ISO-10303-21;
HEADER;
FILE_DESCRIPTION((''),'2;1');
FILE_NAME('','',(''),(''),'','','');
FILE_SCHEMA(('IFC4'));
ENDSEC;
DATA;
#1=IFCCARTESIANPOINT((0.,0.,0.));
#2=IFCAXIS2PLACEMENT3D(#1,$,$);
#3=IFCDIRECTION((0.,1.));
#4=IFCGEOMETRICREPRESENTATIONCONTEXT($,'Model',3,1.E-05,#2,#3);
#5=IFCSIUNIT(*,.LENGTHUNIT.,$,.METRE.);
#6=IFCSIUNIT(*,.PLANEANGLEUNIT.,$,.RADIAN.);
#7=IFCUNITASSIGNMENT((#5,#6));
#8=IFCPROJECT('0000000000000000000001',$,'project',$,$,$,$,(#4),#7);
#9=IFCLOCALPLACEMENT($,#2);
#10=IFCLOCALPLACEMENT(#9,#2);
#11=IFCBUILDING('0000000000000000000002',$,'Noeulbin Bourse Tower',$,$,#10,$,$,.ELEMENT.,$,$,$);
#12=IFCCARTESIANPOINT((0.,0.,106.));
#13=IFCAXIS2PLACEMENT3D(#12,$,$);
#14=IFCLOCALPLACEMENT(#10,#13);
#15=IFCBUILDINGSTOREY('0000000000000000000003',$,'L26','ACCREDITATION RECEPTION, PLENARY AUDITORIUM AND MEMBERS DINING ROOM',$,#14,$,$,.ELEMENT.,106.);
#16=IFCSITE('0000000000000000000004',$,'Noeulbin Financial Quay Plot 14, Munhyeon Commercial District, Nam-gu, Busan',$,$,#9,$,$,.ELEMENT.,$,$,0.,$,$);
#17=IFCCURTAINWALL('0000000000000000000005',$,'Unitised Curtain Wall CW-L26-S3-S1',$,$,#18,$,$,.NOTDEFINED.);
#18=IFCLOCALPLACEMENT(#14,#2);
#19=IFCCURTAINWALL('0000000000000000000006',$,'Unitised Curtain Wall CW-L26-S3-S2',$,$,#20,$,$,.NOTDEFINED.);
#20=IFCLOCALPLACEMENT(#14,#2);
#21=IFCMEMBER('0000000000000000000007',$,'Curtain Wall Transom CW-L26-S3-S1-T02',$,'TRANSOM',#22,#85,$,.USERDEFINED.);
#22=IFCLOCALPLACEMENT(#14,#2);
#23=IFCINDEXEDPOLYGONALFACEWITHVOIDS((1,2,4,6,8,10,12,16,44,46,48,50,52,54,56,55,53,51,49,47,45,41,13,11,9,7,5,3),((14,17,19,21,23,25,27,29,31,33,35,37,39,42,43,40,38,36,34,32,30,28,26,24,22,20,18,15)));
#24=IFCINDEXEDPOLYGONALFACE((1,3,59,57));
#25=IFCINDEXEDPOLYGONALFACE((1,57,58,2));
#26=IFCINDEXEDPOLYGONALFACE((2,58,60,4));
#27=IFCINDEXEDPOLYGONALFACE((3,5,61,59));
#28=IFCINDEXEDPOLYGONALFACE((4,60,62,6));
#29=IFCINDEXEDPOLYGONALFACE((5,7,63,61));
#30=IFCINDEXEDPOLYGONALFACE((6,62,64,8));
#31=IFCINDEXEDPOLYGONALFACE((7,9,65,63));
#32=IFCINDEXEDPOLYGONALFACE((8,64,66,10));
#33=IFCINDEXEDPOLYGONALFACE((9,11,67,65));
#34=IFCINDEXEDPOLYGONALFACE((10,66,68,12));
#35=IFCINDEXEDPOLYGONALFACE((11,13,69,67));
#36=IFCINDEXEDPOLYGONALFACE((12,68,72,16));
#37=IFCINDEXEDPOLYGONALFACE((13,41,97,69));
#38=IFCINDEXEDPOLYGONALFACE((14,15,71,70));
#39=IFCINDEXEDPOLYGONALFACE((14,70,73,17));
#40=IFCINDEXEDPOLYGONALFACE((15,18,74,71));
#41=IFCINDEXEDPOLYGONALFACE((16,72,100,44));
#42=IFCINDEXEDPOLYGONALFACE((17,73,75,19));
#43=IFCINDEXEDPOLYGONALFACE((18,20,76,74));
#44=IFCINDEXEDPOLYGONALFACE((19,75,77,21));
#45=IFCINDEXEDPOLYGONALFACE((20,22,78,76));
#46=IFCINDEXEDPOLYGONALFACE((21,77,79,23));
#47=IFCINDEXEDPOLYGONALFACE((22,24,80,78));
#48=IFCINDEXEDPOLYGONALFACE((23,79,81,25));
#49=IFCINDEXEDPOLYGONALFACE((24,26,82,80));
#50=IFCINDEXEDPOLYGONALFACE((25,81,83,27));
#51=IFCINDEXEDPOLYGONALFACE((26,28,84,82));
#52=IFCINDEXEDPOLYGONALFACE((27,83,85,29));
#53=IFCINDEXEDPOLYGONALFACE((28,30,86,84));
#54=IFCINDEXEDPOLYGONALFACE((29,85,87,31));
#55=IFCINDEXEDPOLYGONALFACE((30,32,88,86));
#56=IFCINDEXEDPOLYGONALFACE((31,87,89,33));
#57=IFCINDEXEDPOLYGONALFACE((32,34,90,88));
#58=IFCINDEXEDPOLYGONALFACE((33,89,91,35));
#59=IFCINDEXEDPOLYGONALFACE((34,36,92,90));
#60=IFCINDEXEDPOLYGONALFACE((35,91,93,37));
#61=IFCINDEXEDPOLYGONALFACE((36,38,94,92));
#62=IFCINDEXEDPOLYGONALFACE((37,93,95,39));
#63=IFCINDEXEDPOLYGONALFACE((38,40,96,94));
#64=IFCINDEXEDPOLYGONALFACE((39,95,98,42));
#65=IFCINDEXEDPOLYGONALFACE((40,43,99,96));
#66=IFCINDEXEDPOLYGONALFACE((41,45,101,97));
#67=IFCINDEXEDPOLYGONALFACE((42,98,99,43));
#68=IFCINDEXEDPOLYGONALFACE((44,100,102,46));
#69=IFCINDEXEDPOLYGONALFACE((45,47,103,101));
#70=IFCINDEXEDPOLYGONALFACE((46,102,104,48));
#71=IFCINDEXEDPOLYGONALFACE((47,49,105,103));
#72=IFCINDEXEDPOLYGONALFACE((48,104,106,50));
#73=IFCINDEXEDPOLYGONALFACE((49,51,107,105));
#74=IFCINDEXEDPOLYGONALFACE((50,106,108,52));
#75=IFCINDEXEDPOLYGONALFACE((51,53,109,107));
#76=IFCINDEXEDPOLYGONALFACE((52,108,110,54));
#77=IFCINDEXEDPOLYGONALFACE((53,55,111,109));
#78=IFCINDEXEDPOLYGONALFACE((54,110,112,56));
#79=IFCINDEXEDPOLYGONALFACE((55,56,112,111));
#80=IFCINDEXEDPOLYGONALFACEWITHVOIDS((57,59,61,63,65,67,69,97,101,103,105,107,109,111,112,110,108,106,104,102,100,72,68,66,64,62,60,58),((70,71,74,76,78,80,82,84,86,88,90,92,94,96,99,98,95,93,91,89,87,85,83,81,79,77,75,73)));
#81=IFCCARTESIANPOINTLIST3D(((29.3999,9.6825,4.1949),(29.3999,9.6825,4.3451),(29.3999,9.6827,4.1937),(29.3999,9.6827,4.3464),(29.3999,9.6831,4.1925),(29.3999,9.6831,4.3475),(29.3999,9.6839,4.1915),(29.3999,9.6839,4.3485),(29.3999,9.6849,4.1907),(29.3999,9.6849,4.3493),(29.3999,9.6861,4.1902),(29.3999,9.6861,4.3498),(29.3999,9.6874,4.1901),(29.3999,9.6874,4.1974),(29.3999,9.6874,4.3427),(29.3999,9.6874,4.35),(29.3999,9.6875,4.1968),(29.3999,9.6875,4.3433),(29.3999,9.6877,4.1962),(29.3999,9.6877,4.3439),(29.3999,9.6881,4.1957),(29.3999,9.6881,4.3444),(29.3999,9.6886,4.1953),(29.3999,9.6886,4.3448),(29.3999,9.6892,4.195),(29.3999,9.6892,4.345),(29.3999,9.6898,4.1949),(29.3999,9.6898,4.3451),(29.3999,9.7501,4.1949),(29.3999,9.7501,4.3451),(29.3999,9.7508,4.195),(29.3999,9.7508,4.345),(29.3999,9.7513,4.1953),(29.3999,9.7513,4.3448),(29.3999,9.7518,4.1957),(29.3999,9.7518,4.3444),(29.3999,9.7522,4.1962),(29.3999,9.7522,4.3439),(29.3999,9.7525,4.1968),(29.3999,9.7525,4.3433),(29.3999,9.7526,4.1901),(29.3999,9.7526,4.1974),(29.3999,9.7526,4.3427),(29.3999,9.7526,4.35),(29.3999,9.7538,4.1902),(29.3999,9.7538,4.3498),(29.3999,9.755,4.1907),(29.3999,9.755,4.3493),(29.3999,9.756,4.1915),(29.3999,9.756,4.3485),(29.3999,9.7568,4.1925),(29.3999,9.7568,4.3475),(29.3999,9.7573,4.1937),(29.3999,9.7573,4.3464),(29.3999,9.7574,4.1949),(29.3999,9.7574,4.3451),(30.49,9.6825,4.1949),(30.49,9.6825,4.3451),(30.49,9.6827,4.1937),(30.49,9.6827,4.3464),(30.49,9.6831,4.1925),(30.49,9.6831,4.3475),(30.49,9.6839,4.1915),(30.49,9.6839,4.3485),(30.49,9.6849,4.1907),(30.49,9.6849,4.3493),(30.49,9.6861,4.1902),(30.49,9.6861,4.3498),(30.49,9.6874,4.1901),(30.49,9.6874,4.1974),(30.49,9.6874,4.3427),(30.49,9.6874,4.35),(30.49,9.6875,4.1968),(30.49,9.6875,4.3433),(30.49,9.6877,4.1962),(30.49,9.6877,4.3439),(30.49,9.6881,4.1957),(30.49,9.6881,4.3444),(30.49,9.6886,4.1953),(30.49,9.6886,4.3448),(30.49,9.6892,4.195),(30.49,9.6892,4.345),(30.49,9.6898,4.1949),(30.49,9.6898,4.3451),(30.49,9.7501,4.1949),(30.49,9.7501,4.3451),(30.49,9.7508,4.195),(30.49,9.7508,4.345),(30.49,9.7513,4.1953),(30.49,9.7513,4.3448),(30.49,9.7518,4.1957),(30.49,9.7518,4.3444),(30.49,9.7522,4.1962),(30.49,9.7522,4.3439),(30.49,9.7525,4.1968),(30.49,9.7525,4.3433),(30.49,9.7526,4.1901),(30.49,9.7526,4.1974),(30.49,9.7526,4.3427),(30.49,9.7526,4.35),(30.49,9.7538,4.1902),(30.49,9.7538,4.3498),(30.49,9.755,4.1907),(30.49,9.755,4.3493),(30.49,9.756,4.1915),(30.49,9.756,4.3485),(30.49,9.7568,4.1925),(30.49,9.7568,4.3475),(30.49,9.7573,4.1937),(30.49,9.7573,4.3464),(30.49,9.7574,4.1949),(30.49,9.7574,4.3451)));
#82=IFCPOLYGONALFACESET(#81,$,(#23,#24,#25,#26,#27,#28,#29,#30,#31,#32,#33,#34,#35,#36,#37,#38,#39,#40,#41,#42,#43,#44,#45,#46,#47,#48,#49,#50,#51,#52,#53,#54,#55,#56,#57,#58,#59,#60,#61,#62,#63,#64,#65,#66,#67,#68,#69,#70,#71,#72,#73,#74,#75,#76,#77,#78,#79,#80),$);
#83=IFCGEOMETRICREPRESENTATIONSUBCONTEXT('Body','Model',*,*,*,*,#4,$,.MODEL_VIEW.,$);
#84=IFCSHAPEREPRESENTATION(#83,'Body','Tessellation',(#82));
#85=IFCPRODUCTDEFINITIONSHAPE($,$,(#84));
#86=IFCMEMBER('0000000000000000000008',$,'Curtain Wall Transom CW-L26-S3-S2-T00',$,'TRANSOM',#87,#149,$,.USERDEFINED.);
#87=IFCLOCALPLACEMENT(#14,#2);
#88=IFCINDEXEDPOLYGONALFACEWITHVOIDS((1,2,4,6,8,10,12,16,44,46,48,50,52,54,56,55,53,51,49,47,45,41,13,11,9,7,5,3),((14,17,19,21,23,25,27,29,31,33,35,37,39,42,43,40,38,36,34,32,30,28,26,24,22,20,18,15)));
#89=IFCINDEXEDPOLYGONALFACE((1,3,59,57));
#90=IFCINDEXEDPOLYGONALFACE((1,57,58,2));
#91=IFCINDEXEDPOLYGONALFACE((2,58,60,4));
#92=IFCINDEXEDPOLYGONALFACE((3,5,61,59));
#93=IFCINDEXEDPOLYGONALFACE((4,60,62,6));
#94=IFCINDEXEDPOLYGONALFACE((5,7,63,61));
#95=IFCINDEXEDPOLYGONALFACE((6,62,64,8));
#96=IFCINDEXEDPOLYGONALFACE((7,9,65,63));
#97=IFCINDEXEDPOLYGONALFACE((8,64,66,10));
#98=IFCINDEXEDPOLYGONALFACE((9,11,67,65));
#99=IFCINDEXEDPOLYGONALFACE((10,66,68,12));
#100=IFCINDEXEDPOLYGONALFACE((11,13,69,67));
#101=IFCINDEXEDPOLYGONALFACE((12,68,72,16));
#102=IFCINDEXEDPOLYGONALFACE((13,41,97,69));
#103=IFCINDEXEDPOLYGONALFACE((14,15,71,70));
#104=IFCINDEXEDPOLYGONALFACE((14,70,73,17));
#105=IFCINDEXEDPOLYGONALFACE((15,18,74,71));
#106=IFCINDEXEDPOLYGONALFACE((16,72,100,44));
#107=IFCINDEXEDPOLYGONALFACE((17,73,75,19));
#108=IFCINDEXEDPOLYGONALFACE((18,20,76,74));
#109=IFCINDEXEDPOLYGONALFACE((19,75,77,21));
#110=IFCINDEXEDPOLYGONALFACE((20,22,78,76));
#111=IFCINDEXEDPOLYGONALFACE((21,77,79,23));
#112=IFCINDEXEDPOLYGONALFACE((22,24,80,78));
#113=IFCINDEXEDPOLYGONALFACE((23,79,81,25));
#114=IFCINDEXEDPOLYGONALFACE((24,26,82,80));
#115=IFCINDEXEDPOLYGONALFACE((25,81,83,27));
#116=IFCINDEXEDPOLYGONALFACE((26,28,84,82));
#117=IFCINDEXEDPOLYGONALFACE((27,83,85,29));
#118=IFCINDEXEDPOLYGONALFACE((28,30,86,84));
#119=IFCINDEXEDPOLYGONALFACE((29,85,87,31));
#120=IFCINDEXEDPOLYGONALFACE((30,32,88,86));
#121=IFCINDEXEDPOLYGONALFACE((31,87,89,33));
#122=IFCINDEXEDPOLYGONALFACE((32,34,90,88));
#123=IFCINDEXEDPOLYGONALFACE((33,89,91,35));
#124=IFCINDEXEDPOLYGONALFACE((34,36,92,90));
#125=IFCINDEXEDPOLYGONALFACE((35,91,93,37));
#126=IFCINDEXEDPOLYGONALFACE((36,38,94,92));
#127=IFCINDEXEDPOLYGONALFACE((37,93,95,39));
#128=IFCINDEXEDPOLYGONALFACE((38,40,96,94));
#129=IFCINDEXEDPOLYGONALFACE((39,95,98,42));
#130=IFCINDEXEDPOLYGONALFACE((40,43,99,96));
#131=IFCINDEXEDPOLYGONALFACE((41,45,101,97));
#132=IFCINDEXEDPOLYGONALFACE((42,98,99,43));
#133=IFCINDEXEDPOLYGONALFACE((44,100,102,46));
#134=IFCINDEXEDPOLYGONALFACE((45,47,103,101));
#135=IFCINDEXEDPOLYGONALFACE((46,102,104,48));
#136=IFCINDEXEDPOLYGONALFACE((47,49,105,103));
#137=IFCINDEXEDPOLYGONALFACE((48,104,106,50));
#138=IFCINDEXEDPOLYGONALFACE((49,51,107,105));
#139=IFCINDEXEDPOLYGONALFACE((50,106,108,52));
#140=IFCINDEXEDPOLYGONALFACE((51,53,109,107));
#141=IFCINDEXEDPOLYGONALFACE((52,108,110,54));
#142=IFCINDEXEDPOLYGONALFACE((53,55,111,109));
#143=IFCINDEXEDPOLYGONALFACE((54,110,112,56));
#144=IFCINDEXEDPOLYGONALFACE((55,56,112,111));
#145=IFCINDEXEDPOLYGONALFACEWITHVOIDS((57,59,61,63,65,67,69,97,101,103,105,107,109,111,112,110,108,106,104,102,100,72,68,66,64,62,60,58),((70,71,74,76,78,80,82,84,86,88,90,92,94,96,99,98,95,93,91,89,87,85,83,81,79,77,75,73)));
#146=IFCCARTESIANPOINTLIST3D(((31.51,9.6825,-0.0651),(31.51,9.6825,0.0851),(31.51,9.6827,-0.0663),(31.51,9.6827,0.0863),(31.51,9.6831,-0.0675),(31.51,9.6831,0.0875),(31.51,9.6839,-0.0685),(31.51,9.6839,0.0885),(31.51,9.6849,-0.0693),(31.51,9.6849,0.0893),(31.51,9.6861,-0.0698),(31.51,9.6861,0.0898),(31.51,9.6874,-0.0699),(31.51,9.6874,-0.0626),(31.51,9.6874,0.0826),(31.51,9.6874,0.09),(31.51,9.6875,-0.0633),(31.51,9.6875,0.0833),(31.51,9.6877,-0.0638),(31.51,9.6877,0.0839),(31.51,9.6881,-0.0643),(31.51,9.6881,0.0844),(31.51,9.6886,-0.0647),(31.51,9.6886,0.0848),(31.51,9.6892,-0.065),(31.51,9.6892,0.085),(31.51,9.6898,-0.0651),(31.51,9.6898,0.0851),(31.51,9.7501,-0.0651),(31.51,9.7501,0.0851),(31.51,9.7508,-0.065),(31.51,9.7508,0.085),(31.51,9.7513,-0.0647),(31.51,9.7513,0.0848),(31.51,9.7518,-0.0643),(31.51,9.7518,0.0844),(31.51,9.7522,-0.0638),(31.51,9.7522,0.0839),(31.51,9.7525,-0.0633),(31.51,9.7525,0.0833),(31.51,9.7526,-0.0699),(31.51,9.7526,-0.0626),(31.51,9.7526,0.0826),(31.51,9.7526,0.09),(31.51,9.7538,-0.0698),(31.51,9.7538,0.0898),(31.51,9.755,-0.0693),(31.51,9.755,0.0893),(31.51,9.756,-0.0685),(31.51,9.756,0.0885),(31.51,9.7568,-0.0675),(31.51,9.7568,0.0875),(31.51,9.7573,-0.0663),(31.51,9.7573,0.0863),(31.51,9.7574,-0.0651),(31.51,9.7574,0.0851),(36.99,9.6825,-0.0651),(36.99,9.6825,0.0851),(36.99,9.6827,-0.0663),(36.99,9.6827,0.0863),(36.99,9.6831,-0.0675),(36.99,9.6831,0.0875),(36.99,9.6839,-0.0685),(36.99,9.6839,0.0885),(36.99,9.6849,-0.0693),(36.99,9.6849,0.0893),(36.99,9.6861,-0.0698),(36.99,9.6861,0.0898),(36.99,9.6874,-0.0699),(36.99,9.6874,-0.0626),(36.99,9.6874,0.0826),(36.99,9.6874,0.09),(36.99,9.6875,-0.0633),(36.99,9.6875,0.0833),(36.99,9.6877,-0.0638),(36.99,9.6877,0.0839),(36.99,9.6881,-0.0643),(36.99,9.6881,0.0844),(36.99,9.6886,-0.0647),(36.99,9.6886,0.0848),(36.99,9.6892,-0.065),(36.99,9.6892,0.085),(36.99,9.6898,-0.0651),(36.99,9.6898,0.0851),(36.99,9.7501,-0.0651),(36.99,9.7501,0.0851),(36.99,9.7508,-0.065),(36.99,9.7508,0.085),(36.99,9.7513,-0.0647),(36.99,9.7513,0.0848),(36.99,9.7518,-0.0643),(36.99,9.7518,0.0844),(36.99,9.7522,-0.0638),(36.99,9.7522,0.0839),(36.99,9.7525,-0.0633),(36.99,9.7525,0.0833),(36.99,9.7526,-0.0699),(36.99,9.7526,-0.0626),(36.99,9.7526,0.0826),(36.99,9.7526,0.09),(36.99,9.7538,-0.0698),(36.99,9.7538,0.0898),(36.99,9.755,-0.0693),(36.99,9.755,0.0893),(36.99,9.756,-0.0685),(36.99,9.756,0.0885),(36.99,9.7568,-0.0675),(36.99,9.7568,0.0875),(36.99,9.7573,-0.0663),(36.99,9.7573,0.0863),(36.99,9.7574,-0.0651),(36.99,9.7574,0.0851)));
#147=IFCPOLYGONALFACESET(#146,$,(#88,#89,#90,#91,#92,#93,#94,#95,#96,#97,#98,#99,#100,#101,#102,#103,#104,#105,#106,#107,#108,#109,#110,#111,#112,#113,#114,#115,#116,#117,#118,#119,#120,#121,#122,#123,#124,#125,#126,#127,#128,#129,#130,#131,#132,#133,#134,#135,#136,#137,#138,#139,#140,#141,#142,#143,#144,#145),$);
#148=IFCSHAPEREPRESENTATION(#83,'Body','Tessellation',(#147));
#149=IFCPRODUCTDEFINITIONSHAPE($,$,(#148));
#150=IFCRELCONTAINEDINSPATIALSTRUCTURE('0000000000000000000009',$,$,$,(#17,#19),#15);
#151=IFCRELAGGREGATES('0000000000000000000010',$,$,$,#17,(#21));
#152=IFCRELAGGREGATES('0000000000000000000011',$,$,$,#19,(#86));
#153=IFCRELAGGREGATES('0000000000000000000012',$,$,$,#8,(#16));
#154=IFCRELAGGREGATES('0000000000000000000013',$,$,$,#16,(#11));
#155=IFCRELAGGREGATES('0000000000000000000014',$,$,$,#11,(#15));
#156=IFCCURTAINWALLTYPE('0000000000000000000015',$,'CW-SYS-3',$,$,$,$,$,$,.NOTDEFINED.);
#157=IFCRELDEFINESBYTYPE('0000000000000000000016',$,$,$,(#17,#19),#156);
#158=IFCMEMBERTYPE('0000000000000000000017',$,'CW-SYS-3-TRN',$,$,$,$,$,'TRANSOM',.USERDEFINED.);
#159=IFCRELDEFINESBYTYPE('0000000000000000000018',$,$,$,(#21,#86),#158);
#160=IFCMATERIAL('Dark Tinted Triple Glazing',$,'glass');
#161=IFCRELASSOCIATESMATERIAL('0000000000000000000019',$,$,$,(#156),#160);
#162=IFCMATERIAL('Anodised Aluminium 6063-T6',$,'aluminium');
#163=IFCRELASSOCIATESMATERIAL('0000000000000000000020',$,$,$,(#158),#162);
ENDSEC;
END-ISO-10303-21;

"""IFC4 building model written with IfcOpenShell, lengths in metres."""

from ifc_helpers import new_model, si_unit, direction, frame, origin, origin_2d, place, context, subcontext, project, spatial, hollow_rectangle, extrude, material, material_profile, profile_set, type_object, element, aggregate, save


model = new_model("IFC4")

# Units and contexts
model_context = context("Model", 3, precision=1e-05, world=origin(), true_north=direction((0.0, 1.0)))
body_context = subcontext(model_context, "Body", "Model", "MODEL_VIEW")
ifc_project = project(units=[si_unit("LENGTHUNIT", "METRE"), si_unit("PLANEANGLEUNIT", "RADIAN")], contexts=[model_context])

# Site, building, storey
site_placement = place(None, origin())
site = spatial("IfcSite", under=ifc_project, at=site_placement, Name="Noeulbin Financial Quay Plot 14, Munhyeon Commercial District, Nam-gu, Busan", CompositionType="ELEMENT", RefElevation=0.0)
building_placement = place(site_placement, origin())
building = spatial("IfcBuilding", under=site, at=building_placement, Name="Noeulbin Bourse Tower", CompositionType="ELEMENT")
storey_placement = place(building_placement, frame((0.0, 0.0, 106.0)))
storey = spatial("IfcBuildingStorey", under=building, at=storey_placement, Name="L26", Description="ACCREDITATION RECEPTION, PLENARY AUDITORIUM AND MEMBERS DINING ROOM", CompositionType="ELEMENT", Elevation=106.0)

# Curtain walls
ifc_material_1 = material(Name="Dark Tinted Triple Glazing", Category="glass")
curtain_wall_type = type_object("IfcCurtainWallType", Name="CW-SYS-3", PredefinedType="NOTDEFINED", material=ifc_material_1)
curtain_wall_1_placement = place(storey_placement, origin())
curtain_wall_1 = element("IfcCurtainWall", 1, at=curtain_wall_1_placement, inside=storey, type_object=curtain_wall_type, Name="Unitised Curtain Wall CW-L26-S3-S1", PredefinedType="NOTDEFINED")
ifc_material_2 = material(Name="Anodised Aluminium 6063-T6", Category="aluminium")
curtain_wall_2_placement = place(storey_placement, origin())
curtain_wall_2 = element("IfcCurtainWall", 2, at=curtain_wall_2_placement, inside=storey, type_object=curtain_wall_type, Name="Unitised Curtain Wall CW-L26-S3-S2", PredefinedType="NOTDEFINED")

# Members
ifc_material_profile_1 = material_profile(ifc_material_2, hollow_rectangle(XDim=0.075, YDim=0.1599, WallThickness=0.0049, InnerFilletRadius=0.0024, OuterFilletRadius=0.0049, at=origin_2d()), Name="ALU-TRAN-75x160x5", Category="LoadBearing")
ifc_profile_set_1 = profile_set([ifc_material_profile_1], Name="Anodised Aluminium 6063-T6")
member_type_1 = type_object("IfcMemberType", Name="CW-SYS-3-TRN", ElementType="TRANSOM", PredefinedType="USERDEFINED", material=ifc_profile_set_1)
member_1_placement = place(storey_placement, frame((29.3999, 9.72, 4.27), z_axis=(1.0, 0.0, 0.0), x_axis=(0.0, 1.0, 0.0)))
member_1 = element("IfcMember", 3, at=member_1_placement, type_object=member_type_1, Name="Curtain Wall Transom CW-L26-S3-S1-T02", ObjectType="TRANSOM", PredefinedType="USERDEFINED", context=body_context, shape_type="SweptSolid", body=[
    extrude(hollow_rectangle(XDim=0.075, YDim=0.1599, WallThickness=0.0049, InnerFilletRadius=0.0024, OuterFilletRadius=0.0049, at=origin_2d()), origin(), (0.0, 0.0, 1.0), 1.0901),
])
member_2_placement = place(storey_placement, frame((31.51, 9.72, 0.01), z_axis=(1.0, 0.0, 0.0), x_axis=(0.0, 1.0, 0.0)))
member_2 = element("IfcMember", 4, at=member_2_placement, type_object=member_type_1, Name="Curtain Wall Transom CW-L26-S3-S2-T00", ObjectType="TRANSOM", PredefinedType="USERDEFINED", context=body_context, shape_type="SweptSolid", body=[
    extrude(hollow_rectangle(XDim=0.075, YDim=0.1599, WallThickness=0.0049, InnerFilletRadius=0.0024, OuterFilletRadius=0.0049, at=origin_2d()), origin(), (0.0, 0.0, 1.0), 5.48),
])

aggregate(curtain_wall_1, [member_1])
aggregate(curtain_wall_2, [member_2])

save(model, "model.ifc")
